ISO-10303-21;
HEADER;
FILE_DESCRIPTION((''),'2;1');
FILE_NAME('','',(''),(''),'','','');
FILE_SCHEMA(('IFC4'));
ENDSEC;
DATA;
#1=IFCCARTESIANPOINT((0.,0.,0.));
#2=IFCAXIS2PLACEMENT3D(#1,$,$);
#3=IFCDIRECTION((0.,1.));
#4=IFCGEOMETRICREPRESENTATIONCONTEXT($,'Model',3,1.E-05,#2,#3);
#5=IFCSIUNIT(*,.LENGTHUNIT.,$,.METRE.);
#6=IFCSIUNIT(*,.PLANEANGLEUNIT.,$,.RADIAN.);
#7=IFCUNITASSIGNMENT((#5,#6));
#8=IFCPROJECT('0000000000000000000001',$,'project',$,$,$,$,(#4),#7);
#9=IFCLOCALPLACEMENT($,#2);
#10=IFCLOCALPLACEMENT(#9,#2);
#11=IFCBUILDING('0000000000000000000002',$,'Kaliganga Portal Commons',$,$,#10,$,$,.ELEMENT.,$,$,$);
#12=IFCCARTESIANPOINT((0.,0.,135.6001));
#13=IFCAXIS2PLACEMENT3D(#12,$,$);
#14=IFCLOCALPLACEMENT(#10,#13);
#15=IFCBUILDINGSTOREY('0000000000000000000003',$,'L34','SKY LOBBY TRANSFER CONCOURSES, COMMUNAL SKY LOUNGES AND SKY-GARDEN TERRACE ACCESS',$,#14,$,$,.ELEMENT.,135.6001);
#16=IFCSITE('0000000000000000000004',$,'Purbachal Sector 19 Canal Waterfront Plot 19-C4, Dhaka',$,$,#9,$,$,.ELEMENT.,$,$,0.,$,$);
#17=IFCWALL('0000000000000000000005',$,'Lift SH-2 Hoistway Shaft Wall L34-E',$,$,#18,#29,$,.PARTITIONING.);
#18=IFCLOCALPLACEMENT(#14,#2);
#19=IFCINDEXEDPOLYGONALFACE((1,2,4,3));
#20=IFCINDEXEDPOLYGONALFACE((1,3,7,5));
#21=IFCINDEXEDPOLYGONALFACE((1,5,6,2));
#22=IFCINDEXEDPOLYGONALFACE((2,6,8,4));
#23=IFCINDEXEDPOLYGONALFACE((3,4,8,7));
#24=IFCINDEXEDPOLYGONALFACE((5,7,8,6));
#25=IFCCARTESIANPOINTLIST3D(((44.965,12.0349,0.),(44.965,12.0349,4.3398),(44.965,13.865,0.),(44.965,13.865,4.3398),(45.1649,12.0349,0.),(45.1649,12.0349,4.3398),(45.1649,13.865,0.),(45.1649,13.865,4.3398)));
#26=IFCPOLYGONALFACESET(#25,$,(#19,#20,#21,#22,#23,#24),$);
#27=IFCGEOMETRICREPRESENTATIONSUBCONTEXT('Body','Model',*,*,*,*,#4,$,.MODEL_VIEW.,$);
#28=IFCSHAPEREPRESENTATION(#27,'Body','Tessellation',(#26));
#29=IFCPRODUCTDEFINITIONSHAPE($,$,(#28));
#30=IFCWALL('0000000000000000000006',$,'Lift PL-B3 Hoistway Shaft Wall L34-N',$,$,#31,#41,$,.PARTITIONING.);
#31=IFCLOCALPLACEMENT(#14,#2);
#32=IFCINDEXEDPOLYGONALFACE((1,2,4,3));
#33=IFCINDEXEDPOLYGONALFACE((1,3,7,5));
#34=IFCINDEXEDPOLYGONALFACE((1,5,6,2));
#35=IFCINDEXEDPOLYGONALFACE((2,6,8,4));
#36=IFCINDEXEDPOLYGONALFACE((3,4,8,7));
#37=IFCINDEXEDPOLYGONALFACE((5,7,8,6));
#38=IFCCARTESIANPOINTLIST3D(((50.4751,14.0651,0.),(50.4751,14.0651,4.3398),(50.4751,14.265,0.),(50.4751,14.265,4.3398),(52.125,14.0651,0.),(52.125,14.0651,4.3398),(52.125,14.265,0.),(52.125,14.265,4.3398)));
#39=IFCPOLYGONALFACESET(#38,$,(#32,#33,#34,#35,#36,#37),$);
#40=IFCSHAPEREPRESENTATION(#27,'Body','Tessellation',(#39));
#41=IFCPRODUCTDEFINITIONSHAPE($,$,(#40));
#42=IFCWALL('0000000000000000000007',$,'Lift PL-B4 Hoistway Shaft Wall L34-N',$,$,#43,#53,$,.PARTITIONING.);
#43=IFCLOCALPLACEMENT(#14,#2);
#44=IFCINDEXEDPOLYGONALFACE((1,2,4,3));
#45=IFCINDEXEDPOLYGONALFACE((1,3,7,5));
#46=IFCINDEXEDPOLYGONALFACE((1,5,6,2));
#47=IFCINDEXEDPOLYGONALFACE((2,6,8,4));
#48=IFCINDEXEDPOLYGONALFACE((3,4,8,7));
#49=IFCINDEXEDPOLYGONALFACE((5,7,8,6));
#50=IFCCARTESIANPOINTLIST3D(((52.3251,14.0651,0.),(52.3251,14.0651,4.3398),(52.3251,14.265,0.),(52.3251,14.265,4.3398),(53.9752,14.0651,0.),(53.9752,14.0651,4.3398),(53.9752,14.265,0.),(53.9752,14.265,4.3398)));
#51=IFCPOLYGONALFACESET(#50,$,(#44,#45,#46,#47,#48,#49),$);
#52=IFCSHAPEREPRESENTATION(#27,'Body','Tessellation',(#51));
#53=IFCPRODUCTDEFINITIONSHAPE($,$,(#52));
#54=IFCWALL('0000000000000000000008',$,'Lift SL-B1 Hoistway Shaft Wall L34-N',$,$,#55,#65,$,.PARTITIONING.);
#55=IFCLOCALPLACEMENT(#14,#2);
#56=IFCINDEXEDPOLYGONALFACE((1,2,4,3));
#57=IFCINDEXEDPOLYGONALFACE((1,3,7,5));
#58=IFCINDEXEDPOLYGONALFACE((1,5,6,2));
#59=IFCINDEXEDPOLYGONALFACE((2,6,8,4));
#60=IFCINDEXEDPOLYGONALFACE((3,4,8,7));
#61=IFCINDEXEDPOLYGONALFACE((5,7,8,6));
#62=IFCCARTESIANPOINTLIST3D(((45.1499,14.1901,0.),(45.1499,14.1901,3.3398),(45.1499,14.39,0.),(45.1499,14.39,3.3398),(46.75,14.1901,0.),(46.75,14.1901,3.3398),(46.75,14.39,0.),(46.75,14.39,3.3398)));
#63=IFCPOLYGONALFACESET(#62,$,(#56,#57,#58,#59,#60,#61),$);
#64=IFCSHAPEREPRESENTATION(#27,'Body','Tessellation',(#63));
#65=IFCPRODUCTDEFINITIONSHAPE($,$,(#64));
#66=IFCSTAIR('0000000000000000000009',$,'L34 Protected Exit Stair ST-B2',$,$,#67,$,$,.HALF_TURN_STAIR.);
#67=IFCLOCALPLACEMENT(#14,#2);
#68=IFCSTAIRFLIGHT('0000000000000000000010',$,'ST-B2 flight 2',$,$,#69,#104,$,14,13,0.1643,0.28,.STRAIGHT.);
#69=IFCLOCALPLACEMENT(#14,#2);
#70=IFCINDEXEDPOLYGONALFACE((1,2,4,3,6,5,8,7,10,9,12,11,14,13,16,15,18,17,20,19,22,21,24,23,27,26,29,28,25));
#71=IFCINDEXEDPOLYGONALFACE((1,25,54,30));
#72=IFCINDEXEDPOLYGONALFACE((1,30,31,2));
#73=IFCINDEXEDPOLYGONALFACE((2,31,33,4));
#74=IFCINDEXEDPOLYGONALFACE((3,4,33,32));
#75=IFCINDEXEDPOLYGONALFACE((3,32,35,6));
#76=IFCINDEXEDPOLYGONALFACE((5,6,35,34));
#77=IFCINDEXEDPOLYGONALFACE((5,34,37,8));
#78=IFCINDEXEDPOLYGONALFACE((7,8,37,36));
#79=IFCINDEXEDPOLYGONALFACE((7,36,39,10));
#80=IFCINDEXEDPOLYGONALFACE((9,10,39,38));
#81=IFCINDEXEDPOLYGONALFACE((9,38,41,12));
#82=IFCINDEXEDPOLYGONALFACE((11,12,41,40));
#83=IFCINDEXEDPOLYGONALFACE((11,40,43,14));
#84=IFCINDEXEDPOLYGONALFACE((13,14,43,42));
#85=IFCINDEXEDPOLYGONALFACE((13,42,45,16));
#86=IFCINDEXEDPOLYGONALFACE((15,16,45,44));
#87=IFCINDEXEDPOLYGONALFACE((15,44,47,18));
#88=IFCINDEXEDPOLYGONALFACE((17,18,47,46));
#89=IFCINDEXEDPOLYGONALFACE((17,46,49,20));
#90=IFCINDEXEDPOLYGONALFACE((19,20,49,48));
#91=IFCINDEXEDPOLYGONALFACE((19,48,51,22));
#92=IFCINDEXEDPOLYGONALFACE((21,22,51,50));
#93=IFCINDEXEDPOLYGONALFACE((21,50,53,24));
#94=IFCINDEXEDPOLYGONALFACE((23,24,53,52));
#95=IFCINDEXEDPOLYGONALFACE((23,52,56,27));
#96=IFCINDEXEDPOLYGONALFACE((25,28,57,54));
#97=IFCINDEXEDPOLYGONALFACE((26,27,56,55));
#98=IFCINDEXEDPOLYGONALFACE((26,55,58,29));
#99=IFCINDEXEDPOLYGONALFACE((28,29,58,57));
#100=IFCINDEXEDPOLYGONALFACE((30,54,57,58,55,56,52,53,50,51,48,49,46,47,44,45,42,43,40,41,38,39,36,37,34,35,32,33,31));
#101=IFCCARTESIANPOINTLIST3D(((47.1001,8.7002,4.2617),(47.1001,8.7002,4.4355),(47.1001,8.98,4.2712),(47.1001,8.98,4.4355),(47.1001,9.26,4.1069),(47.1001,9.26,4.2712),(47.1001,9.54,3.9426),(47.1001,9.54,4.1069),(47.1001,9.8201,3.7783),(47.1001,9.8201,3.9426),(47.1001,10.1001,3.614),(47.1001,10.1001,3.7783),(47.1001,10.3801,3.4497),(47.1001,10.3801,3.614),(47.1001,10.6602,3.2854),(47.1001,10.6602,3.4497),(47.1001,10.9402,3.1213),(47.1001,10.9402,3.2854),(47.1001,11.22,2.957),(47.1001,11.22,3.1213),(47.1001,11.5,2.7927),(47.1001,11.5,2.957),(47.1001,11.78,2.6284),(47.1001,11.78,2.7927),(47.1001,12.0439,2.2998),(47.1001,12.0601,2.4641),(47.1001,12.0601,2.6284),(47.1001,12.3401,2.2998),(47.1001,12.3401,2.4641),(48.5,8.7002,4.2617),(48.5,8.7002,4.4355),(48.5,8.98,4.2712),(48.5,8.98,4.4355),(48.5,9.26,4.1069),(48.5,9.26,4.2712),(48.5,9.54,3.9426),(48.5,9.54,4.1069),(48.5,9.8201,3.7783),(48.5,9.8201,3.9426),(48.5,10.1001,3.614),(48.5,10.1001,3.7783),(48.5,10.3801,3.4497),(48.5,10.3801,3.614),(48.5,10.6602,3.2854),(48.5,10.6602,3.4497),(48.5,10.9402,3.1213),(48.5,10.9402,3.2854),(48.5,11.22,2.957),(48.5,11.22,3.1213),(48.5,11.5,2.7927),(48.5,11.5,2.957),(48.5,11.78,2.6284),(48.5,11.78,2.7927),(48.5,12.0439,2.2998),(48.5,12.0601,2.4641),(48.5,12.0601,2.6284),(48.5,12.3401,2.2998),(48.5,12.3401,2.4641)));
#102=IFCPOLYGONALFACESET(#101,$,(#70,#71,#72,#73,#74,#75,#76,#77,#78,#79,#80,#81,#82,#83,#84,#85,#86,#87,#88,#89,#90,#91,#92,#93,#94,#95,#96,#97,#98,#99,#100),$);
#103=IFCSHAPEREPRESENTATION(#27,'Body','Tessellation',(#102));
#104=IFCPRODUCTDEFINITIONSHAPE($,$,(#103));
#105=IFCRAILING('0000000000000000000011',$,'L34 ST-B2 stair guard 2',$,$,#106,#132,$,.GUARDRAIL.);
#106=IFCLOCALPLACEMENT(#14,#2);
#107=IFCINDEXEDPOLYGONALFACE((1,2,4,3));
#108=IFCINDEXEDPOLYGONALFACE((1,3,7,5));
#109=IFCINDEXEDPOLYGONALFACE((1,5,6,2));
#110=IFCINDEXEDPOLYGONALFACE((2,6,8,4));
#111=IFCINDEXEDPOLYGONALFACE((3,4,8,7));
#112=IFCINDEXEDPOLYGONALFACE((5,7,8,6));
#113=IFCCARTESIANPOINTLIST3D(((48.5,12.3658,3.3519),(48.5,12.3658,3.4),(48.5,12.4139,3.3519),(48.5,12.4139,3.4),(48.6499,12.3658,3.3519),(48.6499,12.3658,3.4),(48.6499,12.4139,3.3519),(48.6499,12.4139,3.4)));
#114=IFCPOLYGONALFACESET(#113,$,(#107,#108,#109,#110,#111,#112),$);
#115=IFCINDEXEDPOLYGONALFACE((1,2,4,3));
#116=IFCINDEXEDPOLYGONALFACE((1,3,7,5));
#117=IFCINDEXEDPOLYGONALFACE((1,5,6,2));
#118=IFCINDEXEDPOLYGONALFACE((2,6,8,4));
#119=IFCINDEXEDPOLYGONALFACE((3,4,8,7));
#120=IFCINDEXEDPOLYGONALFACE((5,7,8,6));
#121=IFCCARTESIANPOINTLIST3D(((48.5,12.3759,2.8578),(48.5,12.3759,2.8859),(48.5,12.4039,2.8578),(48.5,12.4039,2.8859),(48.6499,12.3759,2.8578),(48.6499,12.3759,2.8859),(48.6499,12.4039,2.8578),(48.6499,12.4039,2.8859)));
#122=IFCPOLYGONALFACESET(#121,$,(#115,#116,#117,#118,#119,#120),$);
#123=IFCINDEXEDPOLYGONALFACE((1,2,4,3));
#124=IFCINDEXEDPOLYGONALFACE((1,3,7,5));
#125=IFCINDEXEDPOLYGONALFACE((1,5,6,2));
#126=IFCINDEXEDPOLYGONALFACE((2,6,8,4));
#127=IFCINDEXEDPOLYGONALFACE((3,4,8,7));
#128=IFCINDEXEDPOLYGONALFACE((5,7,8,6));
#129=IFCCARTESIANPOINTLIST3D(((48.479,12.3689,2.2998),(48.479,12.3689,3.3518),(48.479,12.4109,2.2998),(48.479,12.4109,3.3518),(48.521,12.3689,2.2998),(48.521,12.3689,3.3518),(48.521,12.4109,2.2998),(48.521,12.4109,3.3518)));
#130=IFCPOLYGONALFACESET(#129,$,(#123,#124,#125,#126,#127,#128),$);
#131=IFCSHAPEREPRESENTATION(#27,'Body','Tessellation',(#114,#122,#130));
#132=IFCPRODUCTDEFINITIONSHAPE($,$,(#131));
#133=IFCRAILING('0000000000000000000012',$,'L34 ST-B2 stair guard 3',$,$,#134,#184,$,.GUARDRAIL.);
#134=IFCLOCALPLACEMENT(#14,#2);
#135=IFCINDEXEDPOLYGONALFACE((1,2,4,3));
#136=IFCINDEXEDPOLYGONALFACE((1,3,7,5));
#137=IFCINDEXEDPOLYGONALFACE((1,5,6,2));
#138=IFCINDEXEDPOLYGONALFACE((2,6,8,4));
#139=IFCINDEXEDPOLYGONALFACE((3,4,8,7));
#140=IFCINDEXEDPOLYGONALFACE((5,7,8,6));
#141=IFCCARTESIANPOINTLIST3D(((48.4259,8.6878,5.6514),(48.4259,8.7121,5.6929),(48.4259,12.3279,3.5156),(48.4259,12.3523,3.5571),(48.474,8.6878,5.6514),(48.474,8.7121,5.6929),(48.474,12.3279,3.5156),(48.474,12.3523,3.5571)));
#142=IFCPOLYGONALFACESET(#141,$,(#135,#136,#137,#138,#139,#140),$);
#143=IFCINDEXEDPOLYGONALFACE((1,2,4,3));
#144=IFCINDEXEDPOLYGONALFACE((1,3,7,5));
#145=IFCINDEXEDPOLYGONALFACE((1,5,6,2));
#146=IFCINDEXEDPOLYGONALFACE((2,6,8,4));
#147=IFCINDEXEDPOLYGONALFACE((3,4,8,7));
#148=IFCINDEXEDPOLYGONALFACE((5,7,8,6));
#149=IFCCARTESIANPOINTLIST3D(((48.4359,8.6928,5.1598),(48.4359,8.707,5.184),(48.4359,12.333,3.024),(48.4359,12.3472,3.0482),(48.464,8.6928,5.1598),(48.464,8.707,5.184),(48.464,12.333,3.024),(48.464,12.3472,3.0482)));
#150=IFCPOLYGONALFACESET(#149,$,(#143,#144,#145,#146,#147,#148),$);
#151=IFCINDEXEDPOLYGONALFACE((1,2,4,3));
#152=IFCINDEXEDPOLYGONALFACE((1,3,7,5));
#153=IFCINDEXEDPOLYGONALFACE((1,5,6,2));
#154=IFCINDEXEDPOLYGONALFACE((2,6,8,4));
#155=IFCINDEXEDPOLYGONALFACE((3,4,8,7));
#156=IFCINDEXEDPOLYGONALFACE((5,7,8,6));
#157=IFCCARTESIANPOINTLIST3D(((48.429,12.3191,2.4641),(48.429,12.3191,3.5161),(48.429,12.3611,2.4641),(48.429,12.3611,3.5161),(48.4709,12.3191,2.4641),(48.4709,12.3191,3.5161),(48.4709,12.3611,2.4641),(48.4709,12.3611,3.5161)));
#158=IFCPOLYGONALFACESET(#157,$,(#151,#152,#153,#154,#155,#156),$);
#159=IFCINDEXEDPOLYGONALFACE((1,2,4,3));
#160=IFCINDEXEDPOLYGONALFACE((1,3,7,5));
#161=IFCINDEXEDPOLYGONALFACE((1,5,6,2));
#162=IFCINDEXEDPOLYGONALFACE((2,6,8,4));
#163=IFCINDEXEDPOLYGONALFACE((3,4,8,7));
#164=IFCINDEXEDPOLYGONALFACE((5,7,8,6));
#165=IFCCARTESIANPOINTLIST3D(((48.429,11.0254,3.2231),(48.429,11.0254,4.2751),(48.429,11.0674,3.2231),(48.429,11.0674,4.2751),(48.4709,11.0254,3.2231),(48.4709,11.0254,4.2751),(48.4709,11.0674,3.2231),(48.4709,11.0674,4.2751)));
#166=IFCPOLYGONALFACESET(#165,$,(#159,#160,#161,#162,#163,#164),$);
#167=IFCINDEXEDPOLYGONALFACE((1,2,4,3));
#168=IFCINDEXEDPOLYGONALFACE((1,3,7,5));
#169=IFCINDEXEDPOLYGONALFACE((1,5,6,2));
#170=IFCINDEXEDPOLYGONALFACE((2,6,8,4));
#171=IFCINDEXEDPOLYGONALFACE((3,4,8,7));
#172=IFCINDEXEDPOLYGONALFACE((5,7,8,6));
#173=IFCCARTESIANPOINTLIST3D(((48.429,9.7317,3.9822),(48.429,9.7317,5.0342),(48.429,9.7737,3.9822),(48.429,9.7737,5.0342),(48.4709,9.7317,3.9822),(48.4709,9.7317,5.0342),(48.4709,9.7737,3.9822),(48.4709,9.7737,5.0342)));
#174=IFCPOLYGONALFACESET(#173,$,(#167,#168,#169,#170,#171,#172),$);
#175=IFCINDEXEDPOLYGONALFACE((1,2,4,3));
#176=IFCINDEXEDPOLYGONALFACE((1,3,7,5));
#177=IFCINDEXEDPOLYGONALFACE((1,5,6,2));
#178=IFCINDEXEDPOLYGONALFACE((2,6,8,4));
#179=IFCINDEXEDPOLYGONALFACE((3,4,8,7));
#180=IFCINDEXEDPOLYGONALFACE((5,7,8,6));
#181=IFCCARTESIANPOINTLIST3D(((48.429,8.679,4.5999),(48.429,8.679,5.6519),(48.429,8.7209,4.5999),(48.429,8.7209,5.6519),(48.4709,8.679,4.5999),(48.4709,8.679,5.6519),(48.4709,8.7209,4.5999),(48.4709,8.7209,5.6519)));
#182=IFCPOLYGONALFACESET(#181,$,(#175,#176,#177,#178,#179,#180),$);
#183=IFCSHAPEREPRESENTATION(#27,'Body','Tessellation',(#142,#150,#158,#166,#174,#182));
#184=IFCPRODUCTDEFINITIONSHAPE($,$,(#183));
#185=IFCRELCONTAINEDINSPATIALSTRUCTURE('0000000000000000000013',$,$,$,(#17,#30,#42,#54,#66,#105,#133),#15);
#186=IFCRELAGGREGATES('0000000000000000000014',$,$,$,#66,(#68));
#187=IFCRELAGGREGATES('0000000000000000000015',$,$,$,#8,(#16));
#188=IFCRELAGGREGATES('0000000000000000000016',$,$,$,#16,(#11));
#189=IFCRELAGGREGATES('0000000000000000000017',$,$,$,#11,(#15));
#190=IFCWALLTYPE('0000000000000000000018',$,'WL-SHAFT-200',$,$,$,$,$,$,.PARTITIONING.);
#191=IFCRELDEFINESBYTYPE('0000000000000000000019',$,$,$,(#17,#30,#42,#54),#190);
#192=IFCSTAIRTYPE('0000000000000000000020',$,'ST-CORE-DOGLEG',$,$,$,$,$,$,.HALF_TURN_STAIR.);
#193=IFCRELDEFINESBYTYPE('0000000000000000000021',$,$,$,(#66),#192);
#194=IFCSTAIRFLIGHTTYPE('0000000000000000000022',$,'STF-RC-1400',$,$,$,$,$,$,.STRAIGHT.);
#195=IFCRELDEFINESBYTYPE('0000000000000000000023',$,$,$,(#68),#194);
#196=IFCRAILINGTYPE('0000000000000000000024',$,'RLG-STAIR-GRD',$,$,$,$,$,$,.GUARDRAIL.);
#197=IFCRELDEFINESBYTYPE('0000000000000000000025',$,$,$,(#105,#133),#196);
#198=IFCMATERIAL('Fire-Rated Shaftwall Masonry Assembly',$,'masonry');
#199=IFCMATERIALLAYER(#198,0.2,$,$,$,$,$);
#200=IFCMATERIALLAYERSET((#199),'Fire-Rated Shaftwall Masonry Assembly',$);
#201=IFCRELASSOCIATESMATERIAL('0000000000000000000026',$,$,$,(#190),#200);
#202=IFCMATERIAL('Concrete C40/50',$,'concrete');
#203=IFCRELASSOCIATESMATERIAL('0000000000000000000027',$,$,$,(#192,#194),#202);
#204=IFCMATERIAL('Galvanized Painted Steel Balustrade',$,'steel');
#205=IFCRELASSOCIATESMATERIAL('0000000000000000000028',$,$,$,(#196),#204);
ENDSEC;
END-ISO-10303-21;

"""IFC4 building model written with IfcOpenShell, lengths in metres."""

from ifc_helpers import new_model, si_unit, direction, frame, frame_2d, origin, origin_2d, place, context, subcontext, project, spatial, polyline, rectangle, outline, extrude, material, layer, layer_set, type_object, element, aggregate, save


model = new_model("IFC4")

# Units and contexts
model_context = context("Model", 3, precision=1e-05, world=origin(), true_north=direction((0.0, 1.0)))
body_context = subcontext(model_context, "Body", "Model", "MODEL_VIEW")
ifc_project = project(units=[si_unit("LENGTHUNIT", "METRE"), si_unit("PLANEANGLEUNIT", "RADIAN")], contexts=[model_context])

# Site, building, storey
site_placement = place(None, origin())
site = spatial("IfcSite", under=ifc_project, at=site_placement, Name="Purbachal Sector 19 Canal Waterfront Plot 19-C4, Dhaka", CompositionType="ELEMENT", RefElevation=0.0)
building_placement = place(site_placement, origin())
building = spatial("IfcBuilding", under=site, at=building_placement, Name="Kaliganga Portal Commons", CompositionType="ELEMENT")
storey_placement = place(building_placement, frame((0.0, 0.0, 135.6001)))
storey = spatial("IfcBuildingStorey", under=building, at=storey_placement, Name="L34", Description="SKY LOBBY TRANSFER CONCOURSES, COMMUNAL SKY LOUNGES AND SKY-GARDEN TERRACE ACCESS", CompositionType="ELEMENT", Elevation=135.6001)

# Walls
ifc_material_1 = material(Name="Fire-Rated Shaftwall Masonry Assembly", Category="masonry")
ifc_layer_1 = layer(ifc_material_1, 0.2)
ifc_layer_set_1 = layer_set([ifc_layer_1], Name="Fire-Rated Shaftwall Masonry Assembly")
wall_type_1 = type_object("IfcWallType", Name="WL-SHAFT-200", PredefinedType="PARTITIONING", material=ifc_layer_set_1)
wall_1_placement = place(storey_placement, frame((45.0649, 12.0349, 0.0), z_axis=(0.0, 0.0, 1.0), x_axis=(0.0, 1.0, 0.0)))
element("IfcWall", 1, at=wall_1_placement, inside=storey, type_object=wall_type_1, Name="Lift SH-2 Hoistway Shaft Wall L34-E", PredefinedType="PARTITIONING", context=body_context, shape_type="SweptSolid", body=[
    extrude(rectangle(XDim=1.8301, YDim=0.2, at=frame_2d((0.915, 0.0))), origin(), (0.0, 0.0, 1.0), 4.3398),
])
wall_2_placement = place(storey_placement, frame((50.4751, 14.165, 0.0), z_axis=(0.0, 0.0, 1.0), x_axis=(1.0, 0.0, 0.0)))
element("IfcWall", 2, at=wall_2_placement, inside=storey, type_object=wall_type_1, Name="Lift PL-B3 Hoistway Shaft Wall L34-N", PredefinedType="PARTITIONING", context=body_context, shape_type="SweptSolid", body=[
    extrude(rectangle(XDim=1.6499, YDim=0.2, at=frame_2d((0.825, 0.0))), origin(), (0.0, 0.0, 1.0), 4.3398),
])
wall_3_placement = place(storey_placement, frame((52.325, 14.165, 0.0), z_axis=(0.0, 0.0, 1.0), x_axis=(1.0, 0.0, 0.0)))
element("IfcWall", 3, at=wall_3_placement, inside=storey, type_object=wall_type_1, Name="Lift PL-B4 Hoistway Shaft Wall L34-N", PredefinedType="PARTITIONING", context=body_context, shape_type="SweptSolid", body=[
    extrude(rectangle(XDim=1.6501, YDim=0.2, at=frame_2d((0.8252, 0.0))), origin(), (0.0, 0.0, 1.0), 4.3398),
])
wall_4_placement = place(storey_placement, frame((45.1499, 14.29, 0.0), z_axis=(0.0, 0.0, 1.0), x_axis=(1.0, 0.0, 0.0)))
element("IfcWall", 4, at=wall_4_placement, inside=storey, type_object=wall_type_1, Name="Lift SL-B1 Hoistway Shaft Wall L34-N", PredefinedType="PARTITIONING", context=body_context, shape_type="SweptSolid", body=[
    extrude(rectangle(XDim=1.6001, YDim=0.2, at=frame_2d((0.8, 0.0))), origin(), (0.0, 0.0, 1.0), 3.3398),
])

# Stair, stair flight
ifc_material_2 = material(Name="Concrete C40/50", Category="concrete")
stair_type = type_object("IfcStairType", Name="ST-CORE-DOGLEG", PredefinedType="HALF_TURN_STAIR", material=ifc_material_2)
stair_placement = place(storey_placement, origin())
stair = element("IfcStair", 5, at=stair_placement, inside=storey, type_object=stair_type, Name="L34 Protected Exit Stair ST-B2", PredefinedType="HALF_TURN_STAIR")
stair_flight_type = type_object("IfcStairFlightType", Name="STF-RC-1400", PredefinedType="STRAIGHT", material=ifc_material_2)
stair_flight_placement = place(storey_placement, frame((47.8, 12.3401, 2.2998), z_axis=(0.0, 0.0, 1.0), x_axis=(0.0, -1.0, 0.0)))
stair_flight = element("IfcStairFlight", 6, at=stair_flight_placement, type_object=stair_flight_type, Name="ST-B2 flight 2", NumberOfRisers=14, NumberOfTreads=13, PredefinedType="STRAIGHT", RiserHeight=0.1643, TreadLength=0.28, context=body_context, shape_type="SweptSolid", body=[
    extrude(outline(polyline([(0.0, 0.0), (0.0, 0.1643), (0.28, 0.1643), (0.28, 0.3286), (0.5601, 0.3286), (0.5601, 0.4929), (0.8401, 0.4929), (0.8401, 0.6572), (1.1201, 0.6572), (1.1201, 0.8215), (1.3999, 0.8215), (1.3999, 0.9856), (1.6799, 0.9856), (1.6799, 1.1499), (1.96, 1.1499), (1.96, 1.3142), (2.24, 1.3142), (2.24, 1.4785), (2.52, 1.4785), (2.52, 1.6428), (2.8, 1.6428), (2.8, 1.8071), (3.0801, 1.8071), (3.0801, 1.9714), (3.3601, 1.9714), (3.3601, 2.1357), (3.6399, 2.1357), (3.6399, 2.3), (3.6399, 1.9619), (0.2961, 0.0), (0.0, 0.0)])), frame((0.0, 0.7, 0.0), z_axis=(0.0, -1.0, 0.0), x_axis=(1.0, 0.0, 0.0)), (0.0, 0.0, 1.0), 1.3999),
])
aggregate(stair, [stair_flight])

# Railings
ifc_material_3 = material(Name="Galvanized Painted Steel Balustrade", Category="steel")
railing_type_1 = type_object("IfcRailingType", Name="RLG-STAIR-GRD", PredefinedType="GUARDRAIL", material=ifc_material_3)
railing_1_placement = place(storey_placement, frame((48.6499, 12.3899, 2.2998)))
element("IfcRailing", 7, at=railing_1_placement, inside=storey, type_object=railing_type_1, Name="L34 ST-B2 stair guard 2", PredefinedType="GUARDRAIL", context=body_context, shape_type="SweptSolid", body=[
    extrude(rectangle(XDim=0.0481, YDim=0.0481, at=origin_2d()), frame((0.0, 0.0, 1.0762), z_axis=(-1.0, 0.0, 0.0), x_axis=(0.0, -1.0, 0.0)), (0.0, 0.0, 1.0), 0.1499),
    extrude(rectangle(XDim=0.0281, YDim=0.0281, at=origin_2d()), frame((0.0, 0.0, 0.572), z_axis=(-1.0, 0.0, 0.0), x_axis=(0.0, -1.0, 0.0)), (0.0, 0.0, 1.0), 0.1499),
    extrude(rectangle(XDim=0.042, YDim=0.042, at=origin_2d()), frame((-0.1499, 0.0, 0.0)), (0.0, 0.0, 1.0), 1.052),
])
railing_2_placement = place(storey_placement, frame((48.45, 12.3401, 2.4641)))
element("IfcRailing", 8, at=railing_2_placement, inside=storey, type_object=railing_type_1, Name="L34 ST-B2 stair guard 3", PredefinedType="GUARDRAIL", context=body_context, shape_type="SweptSolid", body=[
    extrude(rectangle(XDim=0.0481, YDim=0.0481, at=origin_2d()), frame((0.0, 0.0, 1.0723), z_axis=(0.0, -0.862505, 0.506049), x_axis=(1.0, 0.0, 0.0)), (0.0, 0.0, 1.0), 4.2205),
    extrude(rectangle(XDim=0.0281, YDim=0.0281, at=origin_2d()), frame((0.0, 0.0, 0.572), z_axis=(0.0, -0.862505, 0.506049), x_axis=(1.0, 0.0, 0.0)), (0.0, 0.0, 1.0), 4.2205),
    extrude(rectangle(XDim=0.042, YDim=0.042, at=origin_2d()), origin(), (0.0, 0.0, 1.0), 1.052),
    extrude(rectangle(XDim=0.042, YDim=0.042, at=origin_2d()), frame((0.0, -1.2937, 0.759)), (0.0, 0.0, 1.0), 1.052),
    extrude(rectangle(XDim=0.042, YDim=0.042, at=origin_2d()), frame((0.0, -2.5874, 1.5181)), (0.0, 0.0, 1.0), 1.052),
    extrude(rectangle(XDim=0.042, YDim=0.042, at=origin_2d()), frame((0.0, -3.6401, 2.1357)), (0.0, 0.0, 1.0), 1.052),
])

save(model, "model.ifc")
